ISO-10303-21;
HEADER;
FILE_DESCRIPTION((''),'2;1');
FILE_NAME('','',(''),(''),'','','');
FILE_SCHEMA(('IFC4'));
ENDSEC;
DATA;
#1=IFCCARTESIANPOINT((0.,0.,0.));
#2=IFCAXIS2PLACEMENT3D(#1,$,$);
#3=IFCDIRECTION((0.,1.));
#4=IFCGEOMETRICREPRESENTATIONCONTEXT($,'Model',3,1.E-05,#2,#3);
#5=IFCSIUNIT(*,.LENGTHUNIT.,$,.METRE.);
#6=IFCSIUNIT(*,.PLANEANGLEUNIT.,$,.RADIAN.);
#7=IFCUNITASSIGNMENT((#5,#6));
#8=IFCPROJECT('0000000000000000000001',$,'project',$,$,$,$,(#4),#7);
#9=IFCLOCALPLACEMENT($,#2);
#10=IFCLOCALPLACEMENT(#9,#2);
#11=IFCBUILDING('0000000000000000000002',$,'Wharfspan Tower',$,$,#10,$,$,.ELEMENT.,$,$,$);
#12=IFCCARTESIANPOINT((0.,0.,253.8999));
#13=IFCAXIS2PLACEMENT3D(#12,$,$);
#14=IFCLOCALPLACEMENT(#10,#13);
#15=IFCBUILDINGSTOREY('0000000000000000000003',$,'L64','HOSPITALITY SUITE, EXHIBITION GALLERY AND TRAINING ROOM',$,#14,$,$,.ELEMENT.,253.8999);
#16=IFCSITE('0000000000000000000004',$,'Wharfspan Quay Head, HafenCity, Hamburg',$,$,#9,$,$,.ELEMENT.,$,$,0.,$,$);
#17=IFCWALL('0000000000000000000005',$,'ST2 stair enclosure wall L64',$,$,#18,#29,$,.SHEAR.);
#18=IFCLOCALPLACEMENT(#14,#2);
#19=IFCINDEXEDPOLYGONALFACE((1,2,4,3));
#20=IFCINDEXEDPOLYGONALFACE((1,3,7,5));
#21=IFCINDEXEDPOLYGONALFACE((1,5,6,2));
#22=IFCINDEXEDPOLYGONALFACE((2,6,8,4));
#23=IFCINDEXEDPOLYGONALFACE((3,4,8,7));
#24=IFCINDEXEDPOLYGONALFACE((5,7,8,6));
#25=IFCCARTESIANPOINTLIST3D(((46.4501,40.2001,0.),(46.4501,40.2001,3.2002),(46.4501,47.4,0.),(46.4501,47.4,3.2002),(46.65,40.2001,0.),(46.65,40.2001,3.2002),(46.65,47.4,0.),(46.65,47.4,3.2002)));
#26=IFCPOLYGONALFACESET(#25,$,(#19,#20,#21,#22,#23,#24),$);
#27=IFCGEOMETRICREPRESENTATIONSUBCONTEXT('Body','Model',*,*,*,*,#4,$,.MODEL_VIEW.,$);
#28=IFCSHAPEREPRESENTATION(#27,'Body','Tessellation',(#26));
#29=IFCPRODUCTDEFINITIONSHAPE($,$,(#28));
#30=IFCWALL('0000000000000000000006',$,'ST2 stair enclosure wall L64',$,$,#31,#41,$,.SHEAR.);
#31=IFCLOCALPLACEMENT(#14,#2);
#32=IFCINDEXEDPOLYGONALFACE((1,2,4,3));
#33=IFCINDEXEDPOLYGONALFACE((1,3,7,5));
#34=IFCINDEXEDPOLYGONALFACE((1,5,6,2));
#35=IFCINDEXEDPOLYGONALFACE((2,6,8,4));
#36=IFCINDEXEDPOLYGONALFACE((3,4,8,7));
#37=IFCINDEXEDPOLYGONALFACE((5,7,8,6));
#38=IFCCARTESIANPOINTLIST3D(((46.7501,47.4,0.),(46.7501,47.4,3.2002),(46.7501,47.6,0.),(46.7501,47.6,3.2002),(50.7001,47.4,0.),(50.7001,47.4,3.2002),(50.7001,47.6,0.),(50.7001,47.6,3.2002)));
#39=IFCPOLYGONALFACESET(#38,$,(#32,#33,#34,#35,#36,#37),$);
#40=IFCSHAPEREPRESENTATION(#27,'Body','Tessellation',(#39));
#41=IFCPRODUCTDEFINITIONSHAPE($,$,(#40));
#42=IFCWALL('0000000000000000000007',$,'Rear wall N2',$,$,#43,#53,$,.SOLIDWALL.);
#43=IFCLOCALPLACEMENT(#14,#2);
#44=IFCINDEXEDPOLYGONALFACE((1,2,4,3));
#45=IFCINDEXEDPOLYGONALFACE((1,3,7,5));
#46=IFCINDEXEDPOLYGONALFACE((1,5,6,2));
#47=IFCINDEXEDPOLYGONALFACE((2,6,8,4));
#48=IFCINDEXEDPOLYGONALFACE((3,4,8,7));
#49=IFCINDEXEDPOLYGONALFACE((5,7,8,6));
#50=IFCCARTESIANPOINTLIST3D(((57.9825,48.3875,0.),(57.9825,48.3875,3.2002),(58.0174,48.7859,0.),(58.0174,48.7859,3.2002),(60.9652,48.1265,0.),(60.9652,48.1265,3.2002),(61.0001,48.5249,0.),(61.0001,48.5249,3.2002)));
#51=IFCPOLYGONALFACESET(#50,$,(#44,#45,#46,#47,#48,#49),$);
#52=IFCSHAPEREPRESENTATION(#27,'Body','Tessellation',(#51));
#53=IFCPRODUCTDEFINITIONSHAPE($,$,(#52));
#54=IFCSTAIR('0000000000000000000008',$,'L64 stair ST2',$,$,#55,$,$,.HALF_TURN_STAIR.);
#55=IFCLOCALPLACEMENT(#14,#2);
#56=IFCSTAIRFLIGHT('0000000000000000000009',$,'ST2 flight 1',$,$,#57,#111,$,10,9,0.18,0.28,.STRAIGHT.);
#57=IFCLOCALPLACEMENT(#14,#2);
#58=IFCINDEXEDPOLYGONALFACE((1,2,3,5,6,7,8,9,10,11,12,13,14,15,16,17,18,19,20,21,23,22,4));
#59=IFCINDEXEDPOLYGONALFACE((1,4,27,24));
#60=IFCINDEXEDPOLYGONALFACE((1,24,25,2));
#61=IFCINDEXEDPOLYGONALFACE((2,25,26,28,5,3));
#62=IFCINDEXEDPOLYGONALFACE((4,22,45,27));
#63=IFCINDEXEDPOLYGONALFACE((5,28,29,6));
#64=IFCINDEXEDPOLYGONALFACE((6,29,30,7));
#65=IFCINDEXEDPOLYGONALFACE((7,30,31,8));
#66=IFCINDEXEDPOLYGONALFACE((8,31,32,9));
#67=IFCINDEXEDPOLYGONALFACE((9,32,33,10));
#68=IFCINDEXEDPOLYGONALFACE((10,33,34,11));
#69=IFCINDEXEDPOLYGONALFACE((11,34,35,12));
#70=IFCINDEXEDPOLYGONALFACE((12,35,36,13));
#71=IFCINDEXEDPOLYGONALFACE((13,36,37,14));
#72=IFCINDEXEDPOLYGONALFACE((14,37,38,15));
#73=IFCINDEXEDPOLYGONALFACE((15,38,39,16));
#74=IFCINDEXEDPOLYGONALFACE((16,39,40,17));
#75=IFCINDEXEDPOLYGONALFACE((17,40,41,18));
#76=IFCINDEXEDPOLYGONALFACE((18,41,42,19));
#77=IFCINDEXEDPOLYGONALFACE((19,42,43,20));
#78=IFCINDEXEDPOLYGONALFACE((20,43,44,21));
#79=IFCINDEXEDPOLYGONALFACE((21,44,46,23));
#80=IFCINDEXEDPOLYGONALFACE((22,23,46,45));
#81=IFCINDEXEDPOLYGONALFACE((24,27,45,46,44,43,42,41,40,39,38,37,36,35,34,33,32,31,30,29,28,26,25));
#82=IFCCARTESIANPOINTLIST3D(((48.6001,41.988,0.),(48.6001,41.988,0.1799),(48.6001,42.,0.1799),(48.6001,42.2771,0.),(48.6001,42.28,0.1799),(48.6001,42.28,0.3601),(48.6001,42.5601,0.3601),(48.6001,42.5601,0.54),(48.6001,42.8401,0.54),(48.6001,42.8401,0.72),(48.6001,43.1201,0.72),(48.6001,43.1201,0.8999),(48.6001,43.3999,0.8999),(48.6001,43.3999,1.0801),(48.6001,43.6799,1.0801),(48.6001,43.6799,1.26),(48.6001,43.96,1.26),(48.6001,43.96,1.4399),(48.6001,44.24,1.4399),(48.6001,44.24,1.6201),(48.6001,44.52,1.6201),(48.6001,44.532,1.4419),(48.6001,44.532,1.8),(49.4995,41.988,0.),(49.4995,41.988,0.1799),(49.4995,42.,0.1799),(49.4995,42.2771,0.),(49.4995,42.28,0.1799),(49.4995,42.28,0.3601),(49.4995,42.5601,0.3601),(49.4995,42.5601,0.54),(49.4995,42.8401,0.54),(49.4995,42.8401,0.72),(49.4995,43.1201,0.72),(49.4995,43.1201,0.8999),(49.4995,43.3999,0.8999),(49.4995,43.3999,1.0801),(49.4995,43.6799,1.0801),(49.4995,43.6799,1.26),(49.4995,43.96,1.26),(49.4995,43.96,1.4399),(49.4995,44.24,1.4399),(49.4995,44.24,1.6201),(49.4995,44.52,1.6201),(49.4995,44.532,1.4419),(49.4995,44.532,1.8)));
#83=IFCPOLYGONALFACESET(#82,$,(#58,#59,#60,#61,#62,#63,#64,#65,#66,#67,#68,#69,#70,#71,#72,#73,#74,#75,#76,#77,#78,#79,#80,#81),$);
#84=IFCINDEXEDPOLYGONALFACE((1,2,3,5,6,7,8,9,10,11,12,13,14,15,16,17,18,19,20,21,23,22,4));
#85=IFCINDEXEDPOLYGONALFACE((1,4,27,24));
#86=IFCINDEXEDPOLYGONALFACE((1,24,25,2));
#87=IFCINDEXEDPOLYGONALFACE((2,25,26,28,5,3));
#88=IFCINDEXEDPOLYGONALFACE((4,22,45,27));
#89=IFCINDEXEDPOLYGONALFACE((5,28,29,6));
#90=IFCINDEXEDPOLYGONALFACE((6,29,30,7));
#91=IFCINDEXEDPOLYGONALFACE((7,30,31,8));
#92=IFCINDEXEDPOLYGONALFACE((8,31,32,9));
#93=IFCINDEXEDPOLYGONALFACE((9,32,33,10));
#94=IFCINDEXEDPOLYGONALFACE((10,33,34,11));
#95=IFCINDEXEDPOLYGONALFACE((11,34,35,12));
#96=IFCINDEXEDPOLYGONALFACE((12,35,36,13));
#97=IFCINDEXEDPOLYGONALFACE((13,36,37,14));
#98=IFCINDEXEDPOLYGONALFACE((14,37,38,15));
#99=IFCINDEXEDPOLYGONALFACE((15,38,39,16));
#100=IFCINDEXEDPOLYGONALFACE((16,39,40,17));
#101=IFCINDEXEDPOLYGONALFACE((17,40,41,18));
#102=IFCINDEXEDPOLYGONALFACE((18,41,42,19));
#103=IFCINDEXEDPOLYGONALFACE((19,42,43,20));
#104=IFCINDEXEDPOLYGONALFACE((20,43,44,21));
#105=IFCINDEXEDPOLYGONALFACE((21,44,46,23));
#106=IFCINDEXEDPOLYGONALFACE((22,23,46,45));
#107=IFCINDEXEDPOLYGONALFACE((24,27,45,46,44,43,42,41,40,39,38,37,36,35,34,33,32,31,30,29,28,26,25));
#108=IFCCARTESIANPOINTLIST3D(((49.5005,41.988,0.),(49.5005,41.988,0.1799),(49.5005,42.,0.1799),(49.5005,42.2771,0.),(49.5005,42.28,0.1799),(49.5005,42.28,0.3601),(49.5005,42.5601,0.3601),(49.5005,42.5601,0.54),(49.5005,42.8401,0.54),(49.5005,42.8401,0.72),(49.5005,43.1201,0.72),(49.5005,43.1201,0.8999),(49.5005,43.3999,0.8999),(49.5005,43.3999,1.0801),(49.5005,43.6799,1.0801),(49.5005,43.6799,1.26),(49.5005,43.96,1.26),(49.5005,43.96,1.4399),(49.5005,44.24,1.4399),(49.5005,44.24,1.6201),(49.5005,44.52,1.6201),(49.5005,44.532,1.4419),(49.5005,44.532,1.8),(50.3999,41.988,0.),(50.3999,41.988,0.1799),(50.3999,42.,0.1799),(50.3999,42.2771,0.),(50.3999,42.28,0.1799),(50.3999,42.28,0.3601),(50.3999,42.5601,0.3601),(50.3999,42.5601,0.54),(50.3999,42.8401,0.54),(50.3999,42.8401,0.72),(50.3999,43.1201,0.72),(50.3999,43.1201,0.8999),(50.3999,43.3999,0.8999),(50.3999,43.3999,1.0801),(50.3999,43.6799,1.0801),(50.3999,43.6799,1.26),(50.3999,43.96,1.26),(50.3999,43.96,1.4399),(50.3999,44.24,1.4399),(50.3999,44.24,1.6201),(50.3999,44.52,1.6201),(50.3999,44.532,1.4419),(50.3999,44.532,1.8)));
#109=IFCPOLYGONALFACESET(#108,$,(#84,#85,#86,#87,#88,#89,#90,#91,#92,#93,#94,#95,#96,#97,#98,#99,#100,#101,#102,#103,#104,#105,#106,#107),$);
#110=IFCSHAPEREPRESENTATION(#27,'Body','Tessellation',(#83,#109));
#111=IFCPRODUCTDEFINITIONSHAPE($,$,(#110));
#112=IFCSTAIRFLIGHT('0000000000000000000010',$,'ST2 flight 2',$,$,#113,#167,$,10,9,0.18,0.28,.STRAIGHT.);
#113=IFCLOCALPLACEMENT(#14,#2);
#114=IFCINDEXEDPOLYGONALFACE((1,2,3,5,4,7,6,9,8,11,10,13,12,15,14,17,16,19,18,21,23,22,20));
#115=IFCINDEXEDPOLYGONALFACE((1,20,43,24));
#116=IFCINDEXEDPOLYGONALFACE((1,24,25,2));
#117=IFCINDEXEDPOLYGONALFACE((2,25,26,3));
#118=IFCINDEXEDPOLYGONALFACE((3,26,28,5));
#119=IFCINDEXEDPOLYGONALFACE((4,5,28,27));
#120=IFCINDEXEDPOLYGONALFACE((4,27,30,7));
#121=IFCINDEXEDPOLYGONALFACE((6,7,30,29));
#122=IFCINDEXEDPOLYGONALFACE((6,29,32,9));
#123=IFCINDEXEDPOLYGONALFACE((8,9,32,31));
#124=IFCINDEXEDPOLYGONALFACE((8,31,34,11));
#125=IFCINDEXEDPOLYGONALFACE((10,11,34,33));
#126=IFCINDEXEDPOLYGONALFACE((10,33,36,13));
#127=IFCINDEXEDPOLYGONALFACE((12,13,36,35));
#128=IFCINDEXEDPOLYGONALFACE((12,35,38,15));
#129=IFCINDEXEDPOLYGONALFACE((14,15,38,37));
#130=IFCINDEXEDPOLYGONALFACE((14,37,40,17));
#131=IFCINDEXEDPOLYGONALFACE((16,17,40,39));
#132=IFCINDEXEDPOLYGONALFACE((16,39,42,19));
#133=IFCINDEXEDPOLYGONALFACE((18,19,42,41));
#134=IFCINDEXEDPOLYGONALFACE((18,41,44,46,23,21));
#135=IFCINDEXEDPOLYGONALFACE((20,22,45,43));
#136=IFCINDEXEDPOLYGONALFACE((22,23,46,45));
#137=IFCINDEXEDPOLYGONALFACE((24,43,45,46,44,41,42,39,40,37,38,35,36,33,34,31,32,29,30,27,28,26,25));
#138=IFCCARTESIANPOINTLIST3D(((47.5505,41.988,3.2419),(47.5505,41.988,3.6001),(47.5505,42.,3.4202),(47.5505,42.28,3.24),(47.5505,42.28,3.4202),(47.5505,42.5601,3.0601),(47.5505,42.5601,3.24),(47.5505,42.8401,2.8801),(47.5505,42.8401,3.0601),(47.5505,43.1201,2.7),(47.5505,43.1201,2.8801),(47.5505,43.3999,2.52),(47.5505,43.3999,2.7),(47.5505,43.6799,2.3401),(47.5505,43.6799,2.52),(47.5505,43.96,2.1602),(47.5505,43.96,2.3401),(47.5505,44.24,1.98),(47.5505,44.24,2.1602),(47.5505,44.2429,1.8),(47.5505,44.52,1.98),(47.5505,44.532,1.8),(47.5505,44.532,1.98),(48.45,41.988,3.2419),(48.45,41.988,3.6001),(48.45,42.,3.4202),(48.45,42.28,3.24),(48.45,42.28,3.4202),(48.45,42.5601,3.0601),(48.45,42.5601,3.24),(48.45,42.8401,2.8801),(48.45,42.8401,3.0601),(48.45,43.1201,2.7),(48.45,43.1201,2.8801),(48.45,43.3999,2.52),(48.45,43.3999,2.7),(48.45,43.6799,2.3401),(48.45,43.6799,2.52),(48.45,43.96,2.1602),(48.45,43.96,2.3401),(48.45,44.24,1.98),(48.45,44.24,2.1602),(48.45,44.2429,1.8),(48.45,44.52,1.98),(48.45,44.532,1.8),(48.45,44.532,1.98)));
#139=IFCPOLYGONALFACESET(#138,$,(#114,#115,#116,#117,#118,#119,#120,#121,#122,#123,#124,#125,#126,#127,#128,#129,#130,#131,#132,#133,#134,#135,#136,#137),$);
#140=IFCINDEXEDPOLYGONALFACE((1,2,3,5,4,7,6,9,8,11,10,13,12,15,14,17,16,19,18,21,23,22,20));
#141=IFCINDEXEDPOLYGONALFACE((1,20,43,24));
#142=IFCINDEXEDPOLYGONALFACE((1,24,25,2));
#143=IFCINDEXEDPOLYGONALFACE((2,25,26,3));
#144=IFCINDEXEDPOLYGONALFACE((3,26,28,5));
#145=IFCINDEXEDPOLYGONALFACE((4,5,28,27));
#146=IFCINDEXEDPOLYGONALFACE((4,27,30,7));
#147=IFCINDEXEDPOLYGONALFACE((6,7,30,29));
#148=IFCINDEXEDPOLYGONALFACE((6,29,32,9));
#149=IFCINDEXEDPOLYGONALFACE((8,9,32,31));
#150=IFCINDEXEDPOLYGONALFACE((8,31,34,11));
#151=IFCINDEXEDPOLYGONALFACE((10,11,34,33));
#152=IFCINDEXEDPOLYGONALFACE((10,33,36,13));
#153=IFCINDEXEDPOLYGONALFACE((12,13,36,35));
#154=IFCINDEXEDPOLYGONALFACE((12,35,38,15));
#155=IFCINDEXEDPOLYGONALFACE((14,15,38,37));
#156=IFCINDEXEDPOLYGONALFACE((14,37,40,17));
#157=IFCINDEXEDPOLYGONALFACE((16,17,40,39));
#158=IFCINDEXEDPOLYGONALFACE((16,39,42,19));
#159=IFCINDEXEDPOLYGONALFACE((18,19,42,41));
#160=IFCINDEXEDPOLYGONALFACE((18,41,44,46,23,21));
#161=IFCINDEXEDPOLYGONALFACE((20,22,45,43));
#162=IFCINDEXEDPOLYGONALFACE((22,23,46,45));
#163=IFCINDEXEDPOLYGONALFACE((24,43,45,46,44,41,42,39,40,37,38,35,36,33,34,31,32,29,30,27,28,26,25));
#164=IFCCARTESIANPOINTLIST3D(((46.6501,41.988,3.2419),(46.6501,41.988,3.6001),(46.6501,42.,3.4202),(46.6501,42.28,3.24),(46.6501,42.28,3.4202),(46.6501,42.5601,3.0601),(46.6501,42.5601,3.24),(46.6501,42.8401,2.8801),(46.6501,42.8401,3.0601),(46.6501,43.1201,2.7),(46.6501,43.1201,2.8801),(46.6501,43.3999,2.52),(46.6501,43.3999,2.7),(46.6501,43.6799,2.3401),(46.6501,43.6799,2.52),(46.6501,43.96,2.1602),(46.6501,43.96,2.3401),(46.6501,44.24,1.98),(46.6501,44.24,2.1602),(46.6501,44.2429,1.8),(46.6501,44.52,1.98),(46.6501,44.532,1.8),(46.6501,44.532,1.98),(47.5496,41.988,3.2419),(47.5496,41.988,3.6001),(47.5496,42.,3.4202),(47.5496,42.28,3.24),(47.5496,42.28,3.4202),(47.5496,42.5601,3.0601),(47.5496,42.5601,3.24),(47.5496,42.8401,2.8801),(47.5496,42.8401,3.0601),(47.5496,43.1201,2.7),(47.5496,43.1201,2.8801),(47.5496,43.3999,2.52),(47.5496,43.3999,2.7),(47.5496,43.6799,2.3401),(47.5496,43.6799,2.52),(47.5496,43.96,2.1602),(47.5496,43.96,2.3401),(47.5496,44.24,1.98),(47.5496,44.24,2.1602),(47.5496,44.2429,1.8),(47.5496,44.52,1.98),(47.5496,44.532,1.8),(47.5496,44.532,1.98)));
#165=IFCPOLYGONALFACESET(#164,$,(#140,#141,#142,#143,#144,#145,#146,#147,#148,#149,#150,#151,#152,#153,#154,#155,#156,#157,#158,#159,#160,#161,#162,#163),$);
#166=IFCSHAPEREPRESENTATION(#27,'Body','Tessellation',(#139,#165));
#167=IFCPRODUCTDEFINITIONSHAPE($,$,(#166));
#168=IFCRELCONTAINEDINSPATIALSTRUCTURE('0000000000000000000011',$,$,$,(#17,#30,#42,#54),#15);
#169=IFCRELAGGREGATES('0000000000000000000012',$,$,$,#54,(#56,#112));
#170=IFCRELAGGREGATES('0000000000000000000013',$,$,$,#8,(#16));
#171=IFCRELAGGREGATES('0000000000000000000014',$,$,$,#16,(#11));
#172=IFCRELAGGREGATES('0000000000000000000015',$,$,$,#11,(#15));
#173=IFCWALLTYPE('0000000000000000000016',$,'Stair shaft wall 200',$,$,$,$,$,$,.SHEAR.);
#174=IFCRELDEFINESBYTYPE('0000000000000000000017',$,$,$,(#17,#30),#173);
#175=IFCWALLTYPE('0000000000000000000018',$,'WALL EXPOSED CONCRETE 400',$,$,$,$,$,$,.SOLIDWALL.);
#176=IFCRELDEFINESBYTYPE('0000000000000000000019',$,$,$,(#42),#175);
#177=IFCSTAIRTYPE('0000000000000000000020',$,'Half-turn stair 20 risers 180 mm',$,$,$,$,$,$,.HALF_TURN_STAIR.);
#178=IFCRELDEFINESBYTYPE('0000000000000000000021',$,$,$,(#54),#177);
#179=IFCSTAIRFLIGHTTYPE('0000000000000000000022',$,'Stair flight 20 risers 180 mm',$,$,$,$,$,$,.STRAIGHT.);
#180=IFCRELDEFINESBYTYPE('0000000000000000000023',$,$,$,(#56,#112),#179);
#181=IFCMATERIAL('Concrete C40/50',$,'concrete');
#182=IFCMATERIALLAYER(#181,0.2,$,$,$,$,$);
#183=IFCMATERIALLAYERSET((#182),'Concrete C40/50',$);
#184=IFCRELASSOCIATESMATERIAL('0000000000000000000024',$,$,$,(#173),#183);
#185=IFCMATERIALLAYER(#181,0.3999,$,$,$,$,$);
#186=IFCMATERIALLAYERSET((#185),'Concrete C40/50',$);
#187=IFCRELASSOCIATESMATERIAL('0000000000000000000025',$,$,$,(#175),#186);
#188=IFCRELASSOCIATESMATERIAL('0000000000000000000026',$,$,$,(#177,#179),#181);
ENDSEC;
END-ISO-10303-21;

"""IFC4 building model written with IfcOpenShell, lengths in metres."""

from ifc_helpers import new_model, si_unit, direction, frame, frame_2d, origin, place, context, subcontext, project, spatial, polyline, rectangle, outline, extrude, material, layer, layer_set, type_object, element, aggregate, save


model = new_model("IFC4")

# Units and contexts
model_context = context("Model", 3, precision=1e-05, world=origin(), true_north=direction((0.0, 1.0)))
body_context = subcontext(model_context, "Body", "Model", "MODEL_VIEW")
ifc_project = project(units=[si_unit("LENGTHUNIT", "METRE"), si_unit("PLANEANGLEUNIT", "RADIAN")], contexts=[model_context])

# Site, building, storey
site_placement = place(None, origin())
site = spatial("IfcSite", under=ifc_project, at=site_placement, Name="Wharfspan Quay Head, HafenCity, Hamburg", CompositionType="ELEMENT", RefElevation=0.0)
building_placement = place(site_placement, origin())
building = spatial("IfcBuilding", under=site, at=building_placement, Name="Wharfspan Tower", CompositionType="ELEMENT")
storey_placement = place(building_placement, frame((0.0, 0.0, 253.8999)))
storey = spatial("IfcBuildingStorey", under=building, at=storey_placement, Name="L64", Description="HOSPITALITY SUITE, EXHIBITION GALLERY AND TRAINING ROOM", CompositionType="ELEMENT", Elevation=253.8999)

# Shared definitions
ifc_material_1 = material(Name="Concrete C40/50", Category="concrete")

# Shared definitions
ifc_layer_1 = layer(ifc_material_1, 0.2)
ifc_layer_set_1 = layer_set([ifc_layer_1], Name="Concrete C40/50")
wall_type_1 = type_object("IfcWallType", Name="Stair shaft wall 200", PredefinedType="SHEAR", material=ifc_layer_set_1)

# Walls
wall_1_placement = place(storey_placement, frame((46.55, 40.2, 0.0), z_axis=(0.0, 0.0, 1.0), x_axis=(0.0, 1.0, 0.0)))
element("IfcWall", 1, at=wall_1_placement, inside=storey, type_object=wall_type_1, Name="ST2 stair enclosure wall L64", PredefinedType="SHEAR", context=body_context, shape_type="SweptSolid", body=[
    extrude(rectangle(XDim=7.2, YDim=0.2, at=frame_2d((3.6001, 0.0))), origin(), (0.0, 0.0, 1.0), 3.2002),
])
wall_2_placement = place(storey_placement, frame((46.75, 47.5, 0.0), z_axis=(0.0, 0.0, 1.0), x_axis=(1.0, 0.0, 0.0)))
element("IfcWall", 2, at=wall_2_placement, inside=storey, type_object=wall_type_1, Name="ST2 stair enclosure wall L64", PredefinedType="SHEAR", context=body_context, shape_type="SweptSolid", body=[
    extrude(rectangle(XDim=3.95, YDim=0.2, at=frame_2d((1.9751, 0.0))), origin(), (0.0, 0.0, 1.0), 3.2002),
])
ifc_layer_2 = layer(ifc_material_1, 0.3999)
ifc_layer_set_2 = layer_set([ifc_layer_2], Name="Concrete C40/50")
wall_type_2 = type_object("IfcWallType", Name="WALL EXPOSED CONCRETE 400", PredefinedType="SOLIDWALL", material=ifc_layer_set_2)
wall_3_placement = place(storey_placement, frame((60.9827, 48.3257, 0.0), z_axis=(0.0, 0.0, 1.0), x_axis=(-0.996194, 0.087168, 0.0)))
element("IfcWall", 3, at=wall_3_placement, inside=storey, type_object=wall_type_2, Name="Rear wall N2", PredefinedType="SOLIDWALL", context=body_context, shape_type="SweptSolid", body=[
    extrude(rectangle(XDim=2.9941, YDim=0.3999, at=frame_2d((1.4971, 0.0))), origin(), (0.0, 0.0, 1.0), 3.2002),
])

# Stair, stair flights
stair_type = type_object("IfcStairType", Name="Half-turn stair 20 risers 180 mm", PredefinedType="HALF_TURN_STAIR", material=ifc_material_1)
stair_placement = place(storey_placement, origin())
stair = element("IfcStair", 4, at=stair_placement, inside=storey, type_object=stair_type, Name="L64 stair ST2", PredefinedType="HALF_TURN_STAIR")
stair_flight_type = type_object("IfcStairFlightType", Name="Stair flight 20 risers 180 mm", PredefinedType="STRAIGHT", material=ifc_material_1)
stair_flight_1_placement = place(storey_placement, frame((49.5, 42.0, 0.0), z_axis=(0.0, 0.0, 1.0), x_axis=(0.0, 1.0, 0.0)))
stair_flight_1 = element("IfcStairFlight", 5, at=stair_flight_1_placement, type_object=stair_flight_type, Name="ST2 flight 1", NumberOfRisers=10, NumberOfTreads=9, PredefinedType="STRAIGHT", RiserHeight=0.18, TreadLength=0.28, context=body_context, shape_type="SweptSolid", body=[
    extrude(outline(polyline([(-0.012, 0.0), (-0.012, 0.1799), (0.0, 0.1799), (0.28, 0.1799), (0.28, 0.3601), (0.5601, 0.3601), (0.5601, 0.54), (0.8401, 0.54), (0.8401, 0.72), (1.1201, 0.72), (1.1201, 0.8999), (1.3999, 0.8999), (1.3999, 1.0801), (1.6799, 1.0801), (1.6799, 1.26), (1.96, 1.26), (1.96, 1.4399), (2.24, 1.4399), (2.24, 1.6201), (2.52, 1.6201), (2.532, 1.8), (2.532, 1.4419), (0.2771, 0.0), (-0.012, 0.0)])), frame((0.0, 0.8999, 0.0), z_axis=(0.0, -1.0, 0.0), x_axis=(1.0, 0.0, 0.0)), (0.0, 0.0, 1.0), 0.8994),
    extrude(outline(polyline([(-0.012, 0.0), (-0.012, 0.1799), (0.0, 0.1799), (0.28, 0.1799), (0.28, 0.3601), (0.5601, 0.3601), (0.5601, 0.54), (0.8401, 0.54), (0.8401, 0.72), (1.1201, 0.72), (1.1201, 0.8999), (1.3999, 0.8999), (1.3999, 1.0801), (1.6799, 1.0801), (1.6799, 1.26), (1.96, 1.26), (1.96, 1.4399), (2.24, 1.4399), (2.24, 1.6201), (2.52, 1.6201), (2.532, 1.8), (2.532, 1.4419), (0.2771, 0.0), (-0.012, 0.0)])), frame((0.0, -0.0005, 0.0), z_axis=(0.0, -1.0, 0.0), x_axis=(1.0, 0.0, 0.0)), (0.0, 0.0, 1.0), 0.8994),
])
stair_flight_2_placement = place(storey_placement, frame((47.55, 44.52, 1.8), z_axis=(0.0, 0.0, 1.0), x_axis=(0.0, -1.0, 0.0)))
stair_flight_2 = element("IfcStairFlight", 6, at=stair_flight_2_placement, type_object=stair_flight_type, Name="ST2 flight 2", NumberOfRisers=10, NumberOfTreads=9, PredefinedType="STRAIGHT", RiserHeight=0.18, TreadLength=0.28, context=body_context, shape_type="SweptSolid", body=[
    extrude(outline(polyline([(-0.012, 0.0), (-0.012, 0.1799), (0.0, 0.1799), (0.28, 0.1799), (0.28, 0.3601), (0.5601, 0.3601), (0.5601, 0.54), (0.8401, 0.54), (0.8401, 0.72), (1.1201, 0.72), (1.1201, 0.8999), (1.3999, 0.8999), (1.3999, 1.0801), (1.6799, 1.0801), (1.6799, 1.26), (1.96, 1.26), (1.96, 1.4399), (2.24, 1.4399), (2.24, 1.6201), (2.52, 1.6201), (2.532, 1.8), (2.532, 1.4419), (0.2771, 0.0), (-0.012, 0.0)])), frame((0.0, 0.8999, 0.0), z_axis=(0.0, -1.0, 0.0), x_axis=(1.0, 0.0, 0.0)), (0.0, 0.0, 1.0), 0.8994),
    extrude(outline(polyline([(-0.012, 0.0), (-0.012, 0.1799), (0.0, 0.1799), (0.28, 0.1799), (0.28, 0.3601), (0.5601, 0.3601), (0.5601, 0.54), (0.8401, 0.54), (0.8401, 0.72), (1.1201, 0.72), (1.1201, 0.8999), (1.3999, 0.8999), (1.3999, 1.0801), (1.6799, 1.0801), (1.6799, 1.26), (1.96, 1.26), (1.96, 1.4399), (2.24, 1.4399), (2.24, 1.6201), (2.52, 1.6201), (2.532, 1.8), (2.532, 1.4419), (0.2771, 0.0), (-0.012, 0.0)])), frame((0.0, -0.0005, 0.0), z_axis=(0.0, -1.0, 0.0), x_axis=(1.0, 0.0, 0.0)), (0.0, 0.0, 1.0), 0.8994),
])
aggregate(stair, [stair_flight_1, stair_flight_2])

save(model, "model.ifc")
